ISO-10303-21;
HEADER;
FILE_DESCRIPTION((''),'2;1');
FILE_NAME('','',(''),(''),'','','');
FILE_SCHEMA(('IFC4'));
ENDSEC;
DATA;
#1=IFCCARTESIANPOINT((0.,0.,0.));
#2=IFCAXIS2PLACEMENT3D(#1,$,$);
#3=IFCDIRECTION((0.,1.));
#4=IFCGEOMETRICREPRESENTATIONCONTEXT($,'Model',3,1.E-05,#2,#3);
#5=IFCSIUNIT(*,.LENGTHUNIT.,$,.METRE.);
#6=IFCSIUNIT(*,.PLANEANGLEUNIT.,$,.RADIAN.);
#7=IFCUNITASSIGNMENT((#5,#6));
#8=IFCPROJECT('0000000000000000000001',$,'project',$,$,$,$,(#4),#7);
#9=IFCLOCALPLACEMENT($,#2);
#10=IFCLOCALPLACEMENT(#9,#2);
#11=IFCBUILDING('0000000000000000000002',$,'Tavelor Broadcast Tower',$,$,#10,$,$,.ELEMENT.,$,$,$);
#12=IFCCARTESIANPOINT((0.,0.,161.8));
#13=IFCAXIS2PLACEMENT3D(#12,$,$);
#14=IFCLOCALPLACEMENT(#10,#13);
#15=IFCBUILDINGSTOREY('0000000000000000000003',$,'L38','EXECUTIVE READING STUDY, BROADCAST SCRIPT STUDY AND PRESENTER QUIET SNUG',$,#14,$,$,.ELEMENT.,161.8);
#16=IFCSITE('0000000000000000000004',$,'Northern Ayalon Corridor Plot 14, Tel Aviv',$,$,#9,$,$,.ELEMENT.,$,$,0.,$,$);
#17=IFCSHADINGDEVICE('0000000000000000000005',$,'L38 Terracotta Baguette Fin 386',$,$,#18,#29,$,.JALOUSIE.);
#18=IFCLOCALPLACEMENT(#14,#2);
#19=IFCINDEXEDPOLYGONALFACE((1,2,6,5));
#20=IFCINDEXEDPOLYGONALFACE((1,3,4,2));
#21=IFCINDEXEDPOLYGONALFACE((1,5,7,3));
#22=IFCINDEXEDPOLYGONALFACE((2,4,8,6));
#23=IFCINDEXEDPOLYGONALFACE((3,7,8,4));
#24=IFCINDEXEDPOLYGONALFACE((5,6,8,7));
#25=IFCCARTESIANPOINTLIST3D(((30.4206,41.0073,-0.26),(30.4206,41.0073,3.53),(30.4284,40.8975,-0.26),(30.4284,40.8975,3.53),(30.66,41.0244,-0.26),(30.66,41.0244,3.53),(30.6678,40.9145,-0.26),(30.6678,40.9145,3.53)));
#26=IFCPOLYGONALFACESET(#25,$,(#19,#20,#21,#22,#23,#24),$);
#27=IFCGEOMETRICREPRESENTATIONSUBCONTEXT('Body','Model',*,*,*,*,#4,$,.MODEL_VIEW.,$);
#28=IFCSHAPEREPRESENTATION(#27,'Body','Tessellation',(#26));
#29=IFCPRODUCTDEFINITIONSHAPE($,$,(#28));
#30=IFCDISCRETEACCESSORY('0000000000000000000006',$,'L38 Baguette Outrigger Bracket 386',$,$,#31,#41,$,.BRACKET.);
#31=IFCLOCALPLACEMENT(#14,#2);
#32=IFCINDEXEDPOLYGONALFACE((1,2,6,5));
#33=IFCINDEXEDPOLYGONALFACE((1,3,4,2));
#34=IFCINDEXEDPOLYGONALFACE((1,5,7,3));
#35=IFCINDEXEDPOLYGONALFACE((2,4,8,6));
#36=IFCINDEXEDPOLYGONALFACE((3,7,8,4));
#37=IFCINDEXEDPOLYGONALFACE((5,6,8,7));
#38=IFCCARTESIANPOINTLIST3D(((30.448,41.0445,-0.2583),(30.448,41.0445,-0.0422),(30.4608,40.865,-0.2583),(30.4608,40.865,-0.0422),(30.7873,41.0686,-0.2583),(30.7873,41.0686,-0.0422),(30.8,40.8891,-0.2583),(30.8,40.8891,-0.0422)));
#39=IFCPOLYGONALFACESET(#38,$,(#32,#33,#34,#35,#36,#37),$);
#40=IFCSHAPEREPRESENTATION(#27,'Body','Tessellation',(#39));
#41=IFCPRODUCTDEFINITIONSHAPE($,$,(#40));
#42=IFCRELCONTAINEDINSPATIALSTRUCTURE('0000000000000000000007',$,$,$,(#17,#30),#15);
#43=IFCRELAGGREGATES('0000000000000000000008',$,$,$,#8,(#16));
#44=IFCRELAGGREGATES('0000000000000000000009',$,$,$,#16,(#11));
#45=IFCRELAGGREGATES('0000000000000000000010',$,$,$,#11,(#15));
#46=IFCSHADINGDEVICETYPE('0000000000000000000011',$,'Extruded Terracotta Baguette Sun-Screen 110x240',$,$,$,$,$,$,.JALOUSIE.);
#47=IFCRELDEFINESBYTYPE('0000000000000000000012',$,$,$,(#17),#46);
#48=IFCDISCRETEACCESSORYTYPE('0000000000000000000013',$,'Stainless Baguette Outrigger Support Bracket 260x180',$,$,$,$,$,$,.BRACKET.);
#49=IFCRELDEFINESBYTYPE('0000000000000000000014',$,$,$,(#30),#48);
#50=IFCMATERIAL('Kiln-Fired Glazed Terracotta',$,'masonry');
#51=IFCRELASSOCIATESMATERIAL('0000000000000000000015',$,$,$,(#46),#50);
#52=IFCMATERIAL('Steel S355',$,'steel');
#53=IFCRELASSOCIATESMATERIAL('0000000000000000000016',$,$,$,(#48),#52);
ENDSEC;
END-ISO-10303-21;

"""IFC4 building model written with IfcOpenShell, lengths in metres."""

from ifc_helpers import new_model, si_unit, direction, frame, origin, origin_2d, place, context, subcontext, project, spatial, rectangle, extrude, source, transform, mapped, material, type_object, type_shapes, element, save


model = new_model("IFC4")

# Units and contexts
model_context = context("Model", 3, precision=1e-05, world=origin(), true_north=direction((0.0, 1.0)))
body_context = subcontext(model_context, "Body", "Model", "MODEL_VIEW")
ifc_project = project(units=[si_unit("LENGTHUNIT", "METRE"), si_unit("PLANEANGLEUNIT", "RADIAN")], contexts=[model_context])

# Site, building, storey
site_placement = place(None, origin())
site = spatial("IfcSite", under=ifc_project, at=site_placement, Name="Northern Ayalon Corridor Plot 14, Tel Aviv", CompositionType="ELEMENT", RefElevation=0.0)
building_placement = place(site_placement, origin())
building = spatial("IfcBuilding", under=site, at=building_placement, Name="Tavelor Broadcast Tower", CompositionType="ELEMENT")
storey_placement = place(building_placement, frame((0.0, 0.0, 161.8)))
storey = spatial("IfcBuildingStorey", under=building, at=storey_placement, Name="L38", Description="EXECUTIVE READING STUDY, BROADCAST SCRIPT STUDY AND PRESENTER QUIET SNUG", CompositionType="ELEMENT", Elevation=161.8)

# Shared definitions
ifc_material_1 = material(Name="Steel S355", Category="steel")

# Shading device
ifc_material_2 = material(Name="Kiln-Fired Glazed Terracotta", Category="masonry")
shading_device_type = type_object("IfcShadingDeviceType", Name="Extruded Terracotta Baguette Sun-Screen 110x240", PredefinedType="JALOUSIE", material=ifc_material_2)
shared_shape_1 = source(origin(), body_context, "Body", "SweptSolid", [
    extrude(rectangle(XDim=0.1101, YDim=0.24, at=origin_2d()), origin(), (0.0, 0.0, 1.0), 3.79),
])
type_shapes(shading_device_type, [shared_shape_1])
shading_device_placement = place(storey_placement, frame((30.5442, 40.9609, -0.26), z_axis=(0.0, 0.0, 1.0), x_axis=(0.070975, -0.997478, 0.0)))
element("IfcShadingDevice", 1, at=shading_device_placement, inside=storey, type_object=shading_device_type, Name="L38 Terracotta Baguette Fin 386", PredefinedType="JALOUSIE", context=body_context, shape_type="MappedRepresentation", body=[
    mapped(shared_shape_1, transform((0.0, 0.0, 0.0), scale=1.0)),
])

# Discrete accessory
discrete_accessory_type = type_object("IfcDiscreteAccessoryType", Name="Stainless Baguette Outrigger Support Bracket 260x180", PredefinedType="BRACKET", material=ifc_material_1)
shared_shape_2 = source(origin(), body_context, "Body", "SweptSolid", [
    extrude(rectangle(XDim=0.1799, YDim=0.3401, at=origin_2d()), origin(), (0.0, 0.0, 1.0), 0.2161),
])
type_shapes(discrete_accessory_type, [shared_shape_2])
discrete_accessory_placement = place(storey_placement, frame((30.624, 40.9668, -0.2583), z_axis=(0.0, 0.0, 1.0), x_axis=(0.070975, -0.997478, 0.0)))
element("IfcDiscreteAccessory", 2, at=discrete_accessory_placement, inside=storey, type_object=discrete_accessory_type, Name="L38 Baguette Outrigger Bracket 386", PredefinedType="BRACKET", context=body_context, shape_type="MappedRepresentation", body=[
    mapped(shared_shape_2, transform((0.0, 0.0, 0.0), scale=1.0)),
])

save(model, "model.ifc")
